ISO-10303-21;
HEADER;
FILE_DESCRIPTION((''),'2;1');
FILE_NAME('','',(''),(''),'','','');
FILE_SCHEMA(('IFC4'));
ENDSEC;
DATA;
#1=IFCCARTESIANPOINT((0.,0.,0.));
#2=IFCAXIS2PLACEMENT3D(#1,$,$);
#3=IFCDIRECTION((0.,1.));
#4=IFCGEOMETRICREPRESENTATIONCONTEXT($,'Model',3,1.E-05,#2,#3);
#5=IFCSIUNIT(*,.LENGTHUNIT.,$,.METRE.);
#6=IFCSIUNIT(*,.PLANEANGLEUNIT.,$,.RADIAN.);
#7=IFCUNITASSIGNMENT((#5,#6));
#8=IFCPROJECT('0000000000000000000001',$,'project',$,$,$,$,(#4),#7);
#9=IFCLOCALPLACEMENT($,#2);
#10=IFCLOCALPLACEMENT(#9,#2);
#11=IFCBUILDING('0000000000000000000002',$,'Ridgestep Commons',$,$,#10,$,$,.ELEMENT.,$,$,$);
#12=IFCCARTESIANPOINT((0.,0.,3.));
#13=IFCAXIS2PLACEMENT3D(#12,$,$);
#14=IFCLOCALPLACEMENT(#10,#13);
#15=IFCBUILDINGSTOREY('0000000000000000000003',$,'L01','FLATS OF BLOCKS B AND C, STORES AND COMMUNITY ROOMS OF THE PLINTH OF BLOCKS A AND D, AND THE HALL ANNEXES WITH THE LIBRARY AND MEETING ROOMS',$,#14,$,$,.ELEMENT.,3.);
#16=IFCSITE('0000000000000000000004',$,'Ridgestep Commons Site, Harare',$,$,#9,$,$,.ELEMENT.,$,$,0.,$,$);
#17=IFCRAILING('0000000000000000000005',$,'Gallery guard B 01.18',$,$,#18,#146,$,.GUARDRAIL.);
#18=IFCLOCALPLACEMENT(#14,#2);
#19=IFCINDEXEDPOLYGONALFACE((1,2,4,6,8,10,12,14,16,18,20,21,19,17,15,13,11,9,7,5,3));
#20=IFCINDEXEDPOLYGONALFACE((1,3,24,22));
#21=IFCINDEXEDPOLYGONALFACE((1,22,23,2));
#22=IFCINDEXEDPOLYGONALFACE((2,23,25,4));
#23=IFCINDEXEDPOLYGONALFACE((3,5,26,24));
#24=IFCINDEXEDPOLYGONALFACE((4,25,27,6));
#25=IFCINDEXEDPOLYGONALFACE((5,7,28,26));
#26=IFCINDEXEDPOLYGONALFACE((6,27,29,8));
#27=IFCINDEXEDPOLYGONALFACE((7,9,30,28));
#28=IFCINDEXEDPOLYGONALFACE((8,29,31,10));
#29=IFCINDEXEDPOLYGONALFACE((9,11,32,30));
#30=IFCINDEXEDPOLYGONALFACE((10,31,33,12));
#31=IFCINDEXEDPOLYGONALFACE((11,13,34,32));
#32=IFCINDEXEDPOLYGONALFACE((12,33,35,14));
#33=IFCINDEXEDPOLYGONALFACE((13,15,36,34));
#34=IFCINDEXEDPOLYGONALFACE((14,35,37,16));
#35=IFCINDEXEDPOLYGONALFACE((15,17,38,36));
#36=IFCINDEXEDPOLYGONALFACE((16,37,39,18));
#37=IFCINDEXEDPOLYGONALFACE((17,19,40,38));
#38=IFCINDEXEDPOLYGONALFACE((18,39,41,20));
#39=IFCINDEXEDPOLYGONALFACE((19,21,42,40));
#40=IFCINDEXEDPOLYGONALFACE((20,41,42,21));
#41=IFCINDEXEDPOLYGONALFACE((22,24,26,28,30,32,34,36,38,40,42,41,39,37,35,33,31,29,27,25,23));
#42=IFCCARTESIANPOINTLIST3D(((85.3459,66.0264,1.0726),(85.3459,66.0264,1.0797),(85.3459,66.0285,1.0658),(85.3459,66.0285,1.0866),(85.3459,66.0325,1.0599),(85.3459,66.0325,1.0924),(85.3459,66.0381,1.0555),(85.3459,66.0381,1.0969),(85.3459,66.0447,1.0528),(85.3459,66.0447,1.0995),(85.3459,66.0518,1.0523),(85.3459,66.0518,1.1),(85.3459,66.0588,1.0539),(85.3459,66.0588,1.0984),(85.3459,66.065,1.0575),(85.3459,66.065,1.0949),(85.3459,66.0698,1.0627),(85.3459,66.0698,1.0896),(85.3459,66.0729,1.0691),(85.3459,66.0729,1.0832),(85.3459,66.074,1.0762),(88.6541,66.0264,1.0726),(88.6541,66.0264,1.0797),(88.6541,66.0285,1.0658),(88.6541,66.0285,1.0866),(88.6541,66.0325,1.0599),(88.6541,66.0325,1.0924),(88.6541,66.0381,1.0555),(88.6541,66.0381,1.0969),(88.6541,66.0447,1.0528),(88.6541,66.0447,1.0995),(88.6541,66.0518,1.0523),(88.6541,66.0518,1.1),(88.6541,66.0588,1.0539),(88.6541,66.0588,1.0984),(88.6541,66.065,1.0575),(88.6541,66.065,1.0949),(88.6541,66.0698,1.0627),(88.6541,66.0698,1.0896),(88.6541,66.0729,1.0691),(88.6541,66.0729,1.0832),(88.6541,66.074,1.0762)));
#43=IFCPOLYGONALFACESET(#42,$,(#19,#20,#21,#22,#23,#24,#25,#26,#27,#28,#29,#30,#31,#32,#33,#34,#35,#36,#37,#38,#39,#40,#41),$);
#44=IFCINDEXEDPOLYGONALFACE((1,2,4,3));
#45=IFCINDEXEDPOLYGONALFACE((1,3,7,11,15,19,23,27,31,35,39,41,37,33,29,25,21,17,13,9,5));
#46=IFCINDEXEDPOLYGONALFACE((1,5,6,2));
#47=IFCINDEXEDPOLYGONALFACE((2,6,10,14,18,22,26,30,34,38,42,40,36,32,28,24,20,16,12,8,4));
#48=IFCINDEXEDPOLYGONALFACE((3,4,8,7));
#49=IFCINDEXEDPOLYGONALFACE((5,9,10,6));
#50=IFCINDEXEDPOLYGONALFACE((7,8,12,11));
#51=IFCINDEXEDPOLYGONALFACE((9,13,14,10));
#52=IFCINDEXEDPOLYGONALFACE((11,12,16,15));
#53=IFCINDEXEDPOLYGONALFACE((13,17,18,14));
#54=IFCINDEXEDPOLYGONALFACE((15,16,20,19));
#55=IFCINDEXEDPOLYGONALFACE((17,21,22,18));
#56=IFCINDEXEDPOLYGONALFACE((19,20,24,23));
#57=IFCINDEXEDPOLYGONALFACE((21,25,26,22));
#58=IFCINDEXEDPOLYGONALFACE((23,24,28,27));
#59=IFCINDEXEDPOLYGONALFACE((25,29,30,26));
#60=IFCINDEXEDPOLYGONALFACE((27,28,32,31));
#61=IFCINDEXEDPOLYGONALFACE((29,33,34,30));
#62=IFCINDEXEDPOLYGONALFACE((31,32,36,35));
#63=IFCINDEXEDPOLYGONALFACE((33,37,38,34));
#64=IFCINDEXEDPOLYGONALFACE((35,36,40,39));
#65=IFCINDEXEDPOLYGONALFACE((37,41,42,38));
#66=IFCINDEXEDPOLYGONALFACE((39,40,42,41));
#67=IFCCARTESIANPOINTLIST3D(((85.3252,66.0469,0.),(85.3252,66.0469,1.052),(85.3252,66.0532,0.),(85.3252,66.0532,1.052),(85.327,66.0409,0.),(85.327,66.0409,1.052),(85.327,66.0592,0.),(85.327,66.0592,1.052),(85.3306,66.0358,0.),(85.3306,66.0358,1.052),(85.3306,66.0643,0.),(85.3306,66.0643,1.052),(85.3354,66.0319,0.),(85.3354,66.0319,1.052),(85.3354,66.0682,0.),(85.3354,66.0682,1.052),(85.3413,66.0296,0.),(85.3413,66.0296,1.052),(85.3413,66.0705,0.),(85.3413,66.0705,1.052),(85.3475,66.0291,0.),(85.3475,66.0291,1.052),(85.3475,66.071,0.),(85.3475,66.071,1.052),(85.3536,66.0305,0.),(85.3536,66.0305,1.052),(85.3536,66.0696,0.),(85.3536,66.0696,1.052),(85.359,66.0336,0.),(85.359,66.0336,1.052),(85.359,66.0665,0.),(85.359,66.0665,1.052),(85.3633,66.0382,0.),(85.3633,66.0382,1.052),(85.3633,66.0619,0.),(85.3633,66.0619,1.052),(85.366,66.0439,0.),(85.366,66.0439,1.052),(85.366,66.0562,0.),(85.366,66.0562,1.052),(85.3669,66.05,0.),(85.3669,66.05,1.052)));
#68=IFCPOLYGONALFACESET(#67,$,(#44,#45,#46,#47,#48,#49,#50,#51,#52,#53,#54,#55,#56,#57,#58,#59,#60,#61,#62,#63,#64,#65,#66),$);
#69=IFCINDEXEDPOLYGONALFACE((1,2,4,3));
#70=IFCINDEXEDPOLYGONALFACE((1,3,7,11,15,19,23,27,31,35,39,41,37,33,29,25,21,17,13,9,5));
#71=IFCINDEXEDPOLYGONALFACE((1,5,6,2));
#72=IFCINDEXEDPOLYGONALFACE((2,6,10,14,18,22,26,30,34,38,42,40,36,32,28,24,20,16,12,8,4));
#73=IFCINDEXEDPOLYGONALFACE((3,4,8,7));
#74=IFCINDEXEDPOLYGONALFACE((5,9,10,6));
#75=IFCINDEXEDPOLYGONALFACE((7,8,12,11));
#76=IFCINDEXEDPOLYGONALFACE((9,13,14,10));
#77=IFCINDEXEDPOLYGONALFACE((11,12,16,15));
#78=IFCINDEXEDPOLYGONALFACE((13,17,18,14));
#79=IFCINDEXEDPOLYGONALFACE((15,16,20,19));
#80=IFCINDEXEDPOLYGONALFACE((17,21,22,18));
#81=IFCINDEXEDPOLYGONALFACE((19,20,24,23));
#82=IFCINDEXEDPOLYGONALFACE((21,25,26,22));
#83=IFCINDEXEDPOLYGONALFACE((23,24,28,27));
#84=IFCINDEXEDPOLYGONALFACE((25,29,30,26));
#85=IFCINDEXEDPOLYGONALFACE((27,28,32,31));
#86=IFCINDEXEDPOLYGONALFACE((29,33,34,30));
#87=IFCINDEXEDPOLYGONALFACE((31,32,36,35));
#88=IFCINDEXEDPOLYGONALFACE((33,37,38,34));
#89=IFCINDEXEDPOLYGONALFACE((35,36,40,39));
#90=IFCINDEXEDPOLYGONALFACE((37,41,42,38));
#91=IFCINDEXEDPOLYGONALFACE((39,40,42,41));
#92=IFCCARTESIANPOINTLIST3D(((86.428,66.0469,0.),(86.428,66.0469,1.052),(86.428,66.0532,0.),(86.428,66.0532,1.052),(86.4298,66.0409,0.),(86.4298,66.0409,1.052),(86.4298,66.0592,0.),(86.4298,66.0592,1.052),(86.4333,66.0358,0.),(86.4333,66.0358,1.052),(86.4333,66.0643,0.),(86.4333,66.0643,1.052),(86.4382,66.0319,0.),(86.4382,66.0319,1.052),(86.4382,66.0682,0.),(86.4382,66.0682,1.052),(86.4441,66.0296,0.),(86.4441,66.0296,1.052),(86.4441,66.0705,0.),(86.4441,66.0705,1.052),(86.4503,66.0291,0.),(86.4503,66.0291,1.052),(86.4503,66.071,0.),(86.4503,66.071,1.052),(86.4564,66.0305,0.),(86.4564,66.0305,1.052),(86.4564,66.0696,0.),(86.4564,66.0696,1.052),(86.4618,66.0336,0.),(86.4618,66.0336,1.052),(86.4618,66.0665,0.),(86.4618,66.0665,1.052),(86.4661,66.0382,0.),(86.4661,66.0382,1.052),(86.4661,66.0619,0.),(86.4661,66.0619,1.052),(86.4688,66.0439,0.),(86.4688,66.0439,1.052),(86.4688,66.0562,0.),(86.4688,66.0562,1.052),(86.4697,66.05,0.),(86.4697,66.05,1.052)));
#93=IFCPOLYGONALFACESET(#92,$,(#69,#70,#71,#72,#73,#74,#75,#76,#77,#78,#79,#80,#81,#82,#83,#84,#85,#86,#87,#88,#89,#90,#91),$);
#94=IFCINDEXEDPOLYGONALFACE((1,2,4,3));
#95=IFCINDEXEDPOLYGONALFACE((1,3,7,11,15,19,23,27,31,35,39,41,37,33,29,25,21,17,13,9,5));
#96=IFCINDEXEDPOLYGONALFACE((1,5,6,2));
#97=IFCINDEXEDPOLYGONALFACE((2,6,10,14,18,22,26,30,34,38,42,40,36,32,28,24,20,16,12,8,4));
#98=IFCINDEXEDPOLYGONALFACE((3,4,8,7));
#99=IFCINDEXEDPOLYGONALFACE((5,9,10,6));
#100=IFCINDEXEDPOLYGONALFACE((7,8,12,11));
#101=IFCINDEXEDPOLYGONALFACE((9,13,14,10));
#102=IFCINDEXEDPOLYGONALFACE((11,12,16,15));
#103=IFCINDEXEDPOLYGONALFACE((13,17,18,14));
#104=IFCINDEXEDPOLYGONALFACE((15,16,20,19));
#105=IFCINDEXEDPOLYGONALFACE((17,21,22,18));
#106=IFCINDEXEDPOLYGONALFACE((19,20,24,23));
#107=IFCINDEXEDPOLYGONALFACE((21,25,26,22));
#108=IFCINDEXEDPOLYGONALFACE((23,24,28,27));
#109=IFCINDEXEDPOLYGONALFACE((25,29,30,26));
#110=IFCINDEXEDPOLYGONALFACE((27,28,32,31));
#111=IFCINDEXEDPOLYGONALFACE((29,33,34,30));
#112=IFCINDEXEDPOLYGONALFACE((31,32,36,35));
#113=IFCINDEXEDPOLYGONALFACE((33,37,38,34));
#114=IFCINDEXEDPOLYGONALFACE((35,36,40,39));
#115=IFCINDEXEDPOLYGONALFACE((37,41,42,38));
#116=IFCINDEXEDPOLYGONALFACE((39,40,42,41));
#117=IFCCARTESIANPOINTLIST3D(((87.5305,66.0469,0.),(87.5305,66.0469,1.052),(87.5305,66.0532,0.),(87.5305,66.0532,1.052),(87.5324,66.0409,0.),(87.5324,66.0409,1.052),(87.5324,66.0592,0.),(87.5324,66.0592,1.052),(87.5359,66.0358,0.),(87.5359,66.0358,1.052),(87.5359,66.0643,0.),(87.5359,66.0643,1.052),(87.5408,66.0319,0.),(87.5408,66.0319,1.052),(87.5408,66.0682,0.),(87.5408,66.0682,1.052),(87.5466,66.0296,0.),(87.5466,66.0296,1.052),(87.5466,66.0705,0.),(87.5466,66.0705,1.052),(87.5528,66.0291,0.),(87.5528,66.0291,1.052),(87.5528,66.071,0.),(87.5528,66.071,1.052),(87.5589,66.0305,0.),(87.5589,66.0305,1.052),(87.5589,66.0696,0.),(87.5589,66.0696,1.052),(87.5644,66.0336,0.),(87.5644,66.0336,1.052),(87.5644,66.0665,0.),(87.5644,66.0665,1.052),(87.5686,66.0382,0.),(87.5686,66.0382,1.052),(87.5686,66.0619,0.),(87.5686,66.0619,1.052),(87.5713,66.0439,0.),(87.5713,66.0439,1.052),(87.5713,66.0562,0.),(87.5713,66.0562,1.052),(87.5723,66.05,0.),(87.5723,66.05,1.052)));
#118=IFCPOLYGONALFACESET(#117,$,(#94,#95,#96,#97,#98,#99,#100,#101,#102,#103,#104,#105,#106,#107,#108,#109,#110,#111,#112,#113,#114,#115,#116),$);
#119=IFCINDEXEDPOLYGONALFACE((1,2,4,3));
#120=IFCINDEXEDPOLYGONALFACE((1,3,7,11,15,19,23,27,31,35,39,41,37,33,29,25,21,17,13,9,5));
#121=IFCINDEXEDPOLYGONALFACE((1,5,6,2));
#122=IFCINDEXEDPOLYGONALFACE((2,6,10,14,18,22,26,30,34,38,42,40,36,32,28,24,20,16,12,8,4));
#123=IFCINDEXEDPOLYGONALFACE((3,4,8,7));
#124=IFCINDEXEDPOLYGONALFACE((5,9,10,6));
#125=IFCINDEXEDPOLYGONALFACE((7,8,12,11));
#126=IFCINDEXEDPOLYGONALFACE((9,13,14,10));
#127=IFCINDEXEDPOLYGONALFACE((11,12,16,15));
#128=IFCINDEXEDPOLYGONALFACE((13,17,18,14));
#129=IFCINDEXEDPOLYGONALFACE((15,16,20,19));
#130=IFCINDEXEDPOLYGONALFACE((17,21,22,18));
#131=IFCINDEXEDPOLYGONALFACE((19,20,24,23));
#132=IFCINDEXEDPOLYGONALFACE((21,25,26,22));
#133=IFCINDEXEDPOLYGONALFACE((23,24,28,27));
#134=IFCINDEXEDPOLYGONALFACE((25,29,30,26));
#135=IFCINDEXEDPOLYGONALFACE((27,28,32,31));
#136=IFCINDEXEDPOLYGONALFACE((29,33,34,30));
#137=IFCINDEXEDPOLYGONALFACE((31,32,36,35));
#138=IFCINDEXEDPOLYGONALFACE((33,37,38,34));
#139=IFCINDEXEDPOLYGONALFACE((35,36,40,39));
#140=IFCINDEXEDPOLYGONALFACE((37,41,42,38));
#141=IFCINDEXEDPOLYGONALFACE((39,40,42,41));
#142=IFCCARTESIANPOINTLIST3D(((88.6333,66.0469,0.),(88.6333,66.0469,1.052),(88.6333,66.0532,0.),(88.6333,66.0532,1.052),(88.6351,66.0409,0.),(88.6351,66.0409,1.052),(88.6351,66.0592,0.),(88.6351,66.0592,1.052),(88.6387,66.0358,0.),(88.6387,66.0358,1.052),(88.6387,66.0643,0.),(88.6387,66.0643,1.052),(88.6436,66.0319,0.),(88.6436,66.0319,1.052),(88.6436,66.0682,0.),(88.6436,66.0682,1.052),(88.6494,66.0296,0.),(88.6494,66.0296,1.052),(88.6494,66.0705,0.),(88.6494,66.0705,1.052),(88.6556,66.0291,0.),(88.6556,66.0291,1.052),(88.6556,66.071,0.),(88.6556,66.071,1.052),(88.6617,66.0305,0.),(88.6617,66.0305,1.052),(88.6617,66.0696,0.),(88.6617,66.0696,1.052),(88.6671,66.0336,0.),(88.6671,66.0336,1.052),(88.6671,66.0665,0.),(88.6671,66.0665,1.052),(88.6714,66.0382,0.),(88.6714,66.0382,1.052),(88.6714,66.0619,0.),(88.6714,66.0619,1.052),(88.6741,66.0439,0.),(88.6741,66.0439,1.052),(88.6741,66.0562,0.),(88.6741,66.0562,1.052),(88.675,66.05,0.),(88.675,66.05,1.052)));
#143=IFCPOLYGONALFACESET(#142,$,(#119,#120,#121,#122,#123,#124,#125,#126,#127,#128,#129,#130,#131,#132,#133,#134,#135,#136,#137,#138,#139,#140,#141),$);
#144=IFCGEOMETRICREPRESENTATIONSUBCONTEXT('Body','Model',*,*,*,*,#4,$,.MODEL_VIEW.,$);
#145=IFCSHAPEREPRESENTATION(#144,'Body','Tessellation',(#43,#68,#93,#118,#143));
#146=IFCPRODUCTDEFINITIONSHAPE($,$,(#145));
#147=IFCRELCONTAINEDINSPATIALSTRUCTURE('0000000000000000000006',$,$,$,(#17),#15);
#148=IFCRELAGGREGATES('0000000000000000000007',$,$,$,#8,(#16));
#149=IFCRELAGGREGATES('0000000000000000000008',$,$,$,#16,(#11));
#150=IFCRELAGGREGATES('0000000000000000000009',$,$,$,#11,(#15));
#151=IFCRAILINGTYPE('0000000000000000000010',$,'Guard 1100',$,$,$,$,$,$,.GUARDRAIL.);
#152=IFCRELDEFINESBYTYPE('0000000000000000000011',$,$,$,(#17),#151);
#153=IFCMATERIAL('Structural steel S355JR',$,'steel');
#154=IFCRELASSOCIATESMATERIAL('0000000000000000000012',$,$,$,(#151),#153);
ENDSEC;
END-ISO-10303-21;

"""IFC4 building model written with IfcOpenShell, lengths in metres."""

from ifc_helpers import new_model, si_unit, direction, frame, origin, origin_2d, place, context, subcontext, project, spatial, circle, extrude, material, type_object, element, save


model = new_model("IFC4")

# Units and contexts
model_context = context("Model", 3, precision=1e-05, world=origin(), true_north=direction((0.0, 1.0)))
body_context = subcontext(model_context, "Body", "Model", "MODEL_VIEW")
ifc_project = project(units=[si_unit("LENGTHUNIT", "METRE"), si_unit("PLANEANGLEUNIT", "RADIAN")], contexts=[model_context])

# Site, building, storey
site_placement = place(None, origin())
site = spatial("IfcSite", under=ifc_project, at=site_placement, Name="Ridgestep Commons Site, Harare", CompositionType="ELEMENT", RefElevation=0.0)
building_placement = place(site_placement, origin())
building = spatial("IfcBuilding", under=site, at=building_placement, Name="Ridgestep Commons", CompositionType="ELEMENT")
storey_placement = place(building_placement, frame((0.0, 0.0, 3.0)))
storey = spatial("IfcBuildingStorey", under=building, at=storey_placement, Name="L01", Description="FLATS OF BLOCKS B AND C, STORES AND COMMUNITY ROOMS OF THE PLINTH OF BLOCKS A AND D, AND THE HALL ANNEXES WITH THE LIBRARY AND MEETING ROOMS", CompositionType="ELEMENT", Elevation=3.0)

# Railing
ifc_material_1 = material(Name="Structural steel S355JR", Category="steel")
railing_type_1 = type_object("IfcRailingType", Name="Guard 1100", PredefinedType="GUARDRAIL", material=ifc_material_1)
railing_1_placement = place(storey_placement, frame((85.3459, 66.05, 0.0)))
element("IfcRailing", 1, at=railing_1_placement, inside=storey, type_object=railing_type_1, Name="Gallery guard B 01.18", PredefinedType="GUARDRAIL", context=body_context, shape_type="SweptSolid", body=[
    extrude(circle(Radius=0.0239, at=origin_2d()), frame((0.0, 0.0, 1.0762), z_axis=(1.0, 0.0, 0.0), x_axis=(0.0, 1.0, 0.0)), (0.0, 0.0, 1.0), 3.3081),
    extrude(circle(Radius=0.021, at=origin_2d()), origin(), (0.0, 0.0, 1.0), 1.052),
    extrude(circle(Radius=0.021, at=origin_2d()), frame((1.1028, 0.0, 0.0)), (0.0, 0.0, 1.0), 1.052),
    extrude(circle(Radius=0.021, at=origin_2d()), frame((2.2053, 0.0, 0.0)), (0.0, 0.0, 1.0), 1.052),
    extrude(circle(Radius=0.021, at=origin_2d()), frame((3.3081, 0.0, 0.0)), (0.0, 0.0, 1.0), 1.052),
])

save(model, "model.ifc")
